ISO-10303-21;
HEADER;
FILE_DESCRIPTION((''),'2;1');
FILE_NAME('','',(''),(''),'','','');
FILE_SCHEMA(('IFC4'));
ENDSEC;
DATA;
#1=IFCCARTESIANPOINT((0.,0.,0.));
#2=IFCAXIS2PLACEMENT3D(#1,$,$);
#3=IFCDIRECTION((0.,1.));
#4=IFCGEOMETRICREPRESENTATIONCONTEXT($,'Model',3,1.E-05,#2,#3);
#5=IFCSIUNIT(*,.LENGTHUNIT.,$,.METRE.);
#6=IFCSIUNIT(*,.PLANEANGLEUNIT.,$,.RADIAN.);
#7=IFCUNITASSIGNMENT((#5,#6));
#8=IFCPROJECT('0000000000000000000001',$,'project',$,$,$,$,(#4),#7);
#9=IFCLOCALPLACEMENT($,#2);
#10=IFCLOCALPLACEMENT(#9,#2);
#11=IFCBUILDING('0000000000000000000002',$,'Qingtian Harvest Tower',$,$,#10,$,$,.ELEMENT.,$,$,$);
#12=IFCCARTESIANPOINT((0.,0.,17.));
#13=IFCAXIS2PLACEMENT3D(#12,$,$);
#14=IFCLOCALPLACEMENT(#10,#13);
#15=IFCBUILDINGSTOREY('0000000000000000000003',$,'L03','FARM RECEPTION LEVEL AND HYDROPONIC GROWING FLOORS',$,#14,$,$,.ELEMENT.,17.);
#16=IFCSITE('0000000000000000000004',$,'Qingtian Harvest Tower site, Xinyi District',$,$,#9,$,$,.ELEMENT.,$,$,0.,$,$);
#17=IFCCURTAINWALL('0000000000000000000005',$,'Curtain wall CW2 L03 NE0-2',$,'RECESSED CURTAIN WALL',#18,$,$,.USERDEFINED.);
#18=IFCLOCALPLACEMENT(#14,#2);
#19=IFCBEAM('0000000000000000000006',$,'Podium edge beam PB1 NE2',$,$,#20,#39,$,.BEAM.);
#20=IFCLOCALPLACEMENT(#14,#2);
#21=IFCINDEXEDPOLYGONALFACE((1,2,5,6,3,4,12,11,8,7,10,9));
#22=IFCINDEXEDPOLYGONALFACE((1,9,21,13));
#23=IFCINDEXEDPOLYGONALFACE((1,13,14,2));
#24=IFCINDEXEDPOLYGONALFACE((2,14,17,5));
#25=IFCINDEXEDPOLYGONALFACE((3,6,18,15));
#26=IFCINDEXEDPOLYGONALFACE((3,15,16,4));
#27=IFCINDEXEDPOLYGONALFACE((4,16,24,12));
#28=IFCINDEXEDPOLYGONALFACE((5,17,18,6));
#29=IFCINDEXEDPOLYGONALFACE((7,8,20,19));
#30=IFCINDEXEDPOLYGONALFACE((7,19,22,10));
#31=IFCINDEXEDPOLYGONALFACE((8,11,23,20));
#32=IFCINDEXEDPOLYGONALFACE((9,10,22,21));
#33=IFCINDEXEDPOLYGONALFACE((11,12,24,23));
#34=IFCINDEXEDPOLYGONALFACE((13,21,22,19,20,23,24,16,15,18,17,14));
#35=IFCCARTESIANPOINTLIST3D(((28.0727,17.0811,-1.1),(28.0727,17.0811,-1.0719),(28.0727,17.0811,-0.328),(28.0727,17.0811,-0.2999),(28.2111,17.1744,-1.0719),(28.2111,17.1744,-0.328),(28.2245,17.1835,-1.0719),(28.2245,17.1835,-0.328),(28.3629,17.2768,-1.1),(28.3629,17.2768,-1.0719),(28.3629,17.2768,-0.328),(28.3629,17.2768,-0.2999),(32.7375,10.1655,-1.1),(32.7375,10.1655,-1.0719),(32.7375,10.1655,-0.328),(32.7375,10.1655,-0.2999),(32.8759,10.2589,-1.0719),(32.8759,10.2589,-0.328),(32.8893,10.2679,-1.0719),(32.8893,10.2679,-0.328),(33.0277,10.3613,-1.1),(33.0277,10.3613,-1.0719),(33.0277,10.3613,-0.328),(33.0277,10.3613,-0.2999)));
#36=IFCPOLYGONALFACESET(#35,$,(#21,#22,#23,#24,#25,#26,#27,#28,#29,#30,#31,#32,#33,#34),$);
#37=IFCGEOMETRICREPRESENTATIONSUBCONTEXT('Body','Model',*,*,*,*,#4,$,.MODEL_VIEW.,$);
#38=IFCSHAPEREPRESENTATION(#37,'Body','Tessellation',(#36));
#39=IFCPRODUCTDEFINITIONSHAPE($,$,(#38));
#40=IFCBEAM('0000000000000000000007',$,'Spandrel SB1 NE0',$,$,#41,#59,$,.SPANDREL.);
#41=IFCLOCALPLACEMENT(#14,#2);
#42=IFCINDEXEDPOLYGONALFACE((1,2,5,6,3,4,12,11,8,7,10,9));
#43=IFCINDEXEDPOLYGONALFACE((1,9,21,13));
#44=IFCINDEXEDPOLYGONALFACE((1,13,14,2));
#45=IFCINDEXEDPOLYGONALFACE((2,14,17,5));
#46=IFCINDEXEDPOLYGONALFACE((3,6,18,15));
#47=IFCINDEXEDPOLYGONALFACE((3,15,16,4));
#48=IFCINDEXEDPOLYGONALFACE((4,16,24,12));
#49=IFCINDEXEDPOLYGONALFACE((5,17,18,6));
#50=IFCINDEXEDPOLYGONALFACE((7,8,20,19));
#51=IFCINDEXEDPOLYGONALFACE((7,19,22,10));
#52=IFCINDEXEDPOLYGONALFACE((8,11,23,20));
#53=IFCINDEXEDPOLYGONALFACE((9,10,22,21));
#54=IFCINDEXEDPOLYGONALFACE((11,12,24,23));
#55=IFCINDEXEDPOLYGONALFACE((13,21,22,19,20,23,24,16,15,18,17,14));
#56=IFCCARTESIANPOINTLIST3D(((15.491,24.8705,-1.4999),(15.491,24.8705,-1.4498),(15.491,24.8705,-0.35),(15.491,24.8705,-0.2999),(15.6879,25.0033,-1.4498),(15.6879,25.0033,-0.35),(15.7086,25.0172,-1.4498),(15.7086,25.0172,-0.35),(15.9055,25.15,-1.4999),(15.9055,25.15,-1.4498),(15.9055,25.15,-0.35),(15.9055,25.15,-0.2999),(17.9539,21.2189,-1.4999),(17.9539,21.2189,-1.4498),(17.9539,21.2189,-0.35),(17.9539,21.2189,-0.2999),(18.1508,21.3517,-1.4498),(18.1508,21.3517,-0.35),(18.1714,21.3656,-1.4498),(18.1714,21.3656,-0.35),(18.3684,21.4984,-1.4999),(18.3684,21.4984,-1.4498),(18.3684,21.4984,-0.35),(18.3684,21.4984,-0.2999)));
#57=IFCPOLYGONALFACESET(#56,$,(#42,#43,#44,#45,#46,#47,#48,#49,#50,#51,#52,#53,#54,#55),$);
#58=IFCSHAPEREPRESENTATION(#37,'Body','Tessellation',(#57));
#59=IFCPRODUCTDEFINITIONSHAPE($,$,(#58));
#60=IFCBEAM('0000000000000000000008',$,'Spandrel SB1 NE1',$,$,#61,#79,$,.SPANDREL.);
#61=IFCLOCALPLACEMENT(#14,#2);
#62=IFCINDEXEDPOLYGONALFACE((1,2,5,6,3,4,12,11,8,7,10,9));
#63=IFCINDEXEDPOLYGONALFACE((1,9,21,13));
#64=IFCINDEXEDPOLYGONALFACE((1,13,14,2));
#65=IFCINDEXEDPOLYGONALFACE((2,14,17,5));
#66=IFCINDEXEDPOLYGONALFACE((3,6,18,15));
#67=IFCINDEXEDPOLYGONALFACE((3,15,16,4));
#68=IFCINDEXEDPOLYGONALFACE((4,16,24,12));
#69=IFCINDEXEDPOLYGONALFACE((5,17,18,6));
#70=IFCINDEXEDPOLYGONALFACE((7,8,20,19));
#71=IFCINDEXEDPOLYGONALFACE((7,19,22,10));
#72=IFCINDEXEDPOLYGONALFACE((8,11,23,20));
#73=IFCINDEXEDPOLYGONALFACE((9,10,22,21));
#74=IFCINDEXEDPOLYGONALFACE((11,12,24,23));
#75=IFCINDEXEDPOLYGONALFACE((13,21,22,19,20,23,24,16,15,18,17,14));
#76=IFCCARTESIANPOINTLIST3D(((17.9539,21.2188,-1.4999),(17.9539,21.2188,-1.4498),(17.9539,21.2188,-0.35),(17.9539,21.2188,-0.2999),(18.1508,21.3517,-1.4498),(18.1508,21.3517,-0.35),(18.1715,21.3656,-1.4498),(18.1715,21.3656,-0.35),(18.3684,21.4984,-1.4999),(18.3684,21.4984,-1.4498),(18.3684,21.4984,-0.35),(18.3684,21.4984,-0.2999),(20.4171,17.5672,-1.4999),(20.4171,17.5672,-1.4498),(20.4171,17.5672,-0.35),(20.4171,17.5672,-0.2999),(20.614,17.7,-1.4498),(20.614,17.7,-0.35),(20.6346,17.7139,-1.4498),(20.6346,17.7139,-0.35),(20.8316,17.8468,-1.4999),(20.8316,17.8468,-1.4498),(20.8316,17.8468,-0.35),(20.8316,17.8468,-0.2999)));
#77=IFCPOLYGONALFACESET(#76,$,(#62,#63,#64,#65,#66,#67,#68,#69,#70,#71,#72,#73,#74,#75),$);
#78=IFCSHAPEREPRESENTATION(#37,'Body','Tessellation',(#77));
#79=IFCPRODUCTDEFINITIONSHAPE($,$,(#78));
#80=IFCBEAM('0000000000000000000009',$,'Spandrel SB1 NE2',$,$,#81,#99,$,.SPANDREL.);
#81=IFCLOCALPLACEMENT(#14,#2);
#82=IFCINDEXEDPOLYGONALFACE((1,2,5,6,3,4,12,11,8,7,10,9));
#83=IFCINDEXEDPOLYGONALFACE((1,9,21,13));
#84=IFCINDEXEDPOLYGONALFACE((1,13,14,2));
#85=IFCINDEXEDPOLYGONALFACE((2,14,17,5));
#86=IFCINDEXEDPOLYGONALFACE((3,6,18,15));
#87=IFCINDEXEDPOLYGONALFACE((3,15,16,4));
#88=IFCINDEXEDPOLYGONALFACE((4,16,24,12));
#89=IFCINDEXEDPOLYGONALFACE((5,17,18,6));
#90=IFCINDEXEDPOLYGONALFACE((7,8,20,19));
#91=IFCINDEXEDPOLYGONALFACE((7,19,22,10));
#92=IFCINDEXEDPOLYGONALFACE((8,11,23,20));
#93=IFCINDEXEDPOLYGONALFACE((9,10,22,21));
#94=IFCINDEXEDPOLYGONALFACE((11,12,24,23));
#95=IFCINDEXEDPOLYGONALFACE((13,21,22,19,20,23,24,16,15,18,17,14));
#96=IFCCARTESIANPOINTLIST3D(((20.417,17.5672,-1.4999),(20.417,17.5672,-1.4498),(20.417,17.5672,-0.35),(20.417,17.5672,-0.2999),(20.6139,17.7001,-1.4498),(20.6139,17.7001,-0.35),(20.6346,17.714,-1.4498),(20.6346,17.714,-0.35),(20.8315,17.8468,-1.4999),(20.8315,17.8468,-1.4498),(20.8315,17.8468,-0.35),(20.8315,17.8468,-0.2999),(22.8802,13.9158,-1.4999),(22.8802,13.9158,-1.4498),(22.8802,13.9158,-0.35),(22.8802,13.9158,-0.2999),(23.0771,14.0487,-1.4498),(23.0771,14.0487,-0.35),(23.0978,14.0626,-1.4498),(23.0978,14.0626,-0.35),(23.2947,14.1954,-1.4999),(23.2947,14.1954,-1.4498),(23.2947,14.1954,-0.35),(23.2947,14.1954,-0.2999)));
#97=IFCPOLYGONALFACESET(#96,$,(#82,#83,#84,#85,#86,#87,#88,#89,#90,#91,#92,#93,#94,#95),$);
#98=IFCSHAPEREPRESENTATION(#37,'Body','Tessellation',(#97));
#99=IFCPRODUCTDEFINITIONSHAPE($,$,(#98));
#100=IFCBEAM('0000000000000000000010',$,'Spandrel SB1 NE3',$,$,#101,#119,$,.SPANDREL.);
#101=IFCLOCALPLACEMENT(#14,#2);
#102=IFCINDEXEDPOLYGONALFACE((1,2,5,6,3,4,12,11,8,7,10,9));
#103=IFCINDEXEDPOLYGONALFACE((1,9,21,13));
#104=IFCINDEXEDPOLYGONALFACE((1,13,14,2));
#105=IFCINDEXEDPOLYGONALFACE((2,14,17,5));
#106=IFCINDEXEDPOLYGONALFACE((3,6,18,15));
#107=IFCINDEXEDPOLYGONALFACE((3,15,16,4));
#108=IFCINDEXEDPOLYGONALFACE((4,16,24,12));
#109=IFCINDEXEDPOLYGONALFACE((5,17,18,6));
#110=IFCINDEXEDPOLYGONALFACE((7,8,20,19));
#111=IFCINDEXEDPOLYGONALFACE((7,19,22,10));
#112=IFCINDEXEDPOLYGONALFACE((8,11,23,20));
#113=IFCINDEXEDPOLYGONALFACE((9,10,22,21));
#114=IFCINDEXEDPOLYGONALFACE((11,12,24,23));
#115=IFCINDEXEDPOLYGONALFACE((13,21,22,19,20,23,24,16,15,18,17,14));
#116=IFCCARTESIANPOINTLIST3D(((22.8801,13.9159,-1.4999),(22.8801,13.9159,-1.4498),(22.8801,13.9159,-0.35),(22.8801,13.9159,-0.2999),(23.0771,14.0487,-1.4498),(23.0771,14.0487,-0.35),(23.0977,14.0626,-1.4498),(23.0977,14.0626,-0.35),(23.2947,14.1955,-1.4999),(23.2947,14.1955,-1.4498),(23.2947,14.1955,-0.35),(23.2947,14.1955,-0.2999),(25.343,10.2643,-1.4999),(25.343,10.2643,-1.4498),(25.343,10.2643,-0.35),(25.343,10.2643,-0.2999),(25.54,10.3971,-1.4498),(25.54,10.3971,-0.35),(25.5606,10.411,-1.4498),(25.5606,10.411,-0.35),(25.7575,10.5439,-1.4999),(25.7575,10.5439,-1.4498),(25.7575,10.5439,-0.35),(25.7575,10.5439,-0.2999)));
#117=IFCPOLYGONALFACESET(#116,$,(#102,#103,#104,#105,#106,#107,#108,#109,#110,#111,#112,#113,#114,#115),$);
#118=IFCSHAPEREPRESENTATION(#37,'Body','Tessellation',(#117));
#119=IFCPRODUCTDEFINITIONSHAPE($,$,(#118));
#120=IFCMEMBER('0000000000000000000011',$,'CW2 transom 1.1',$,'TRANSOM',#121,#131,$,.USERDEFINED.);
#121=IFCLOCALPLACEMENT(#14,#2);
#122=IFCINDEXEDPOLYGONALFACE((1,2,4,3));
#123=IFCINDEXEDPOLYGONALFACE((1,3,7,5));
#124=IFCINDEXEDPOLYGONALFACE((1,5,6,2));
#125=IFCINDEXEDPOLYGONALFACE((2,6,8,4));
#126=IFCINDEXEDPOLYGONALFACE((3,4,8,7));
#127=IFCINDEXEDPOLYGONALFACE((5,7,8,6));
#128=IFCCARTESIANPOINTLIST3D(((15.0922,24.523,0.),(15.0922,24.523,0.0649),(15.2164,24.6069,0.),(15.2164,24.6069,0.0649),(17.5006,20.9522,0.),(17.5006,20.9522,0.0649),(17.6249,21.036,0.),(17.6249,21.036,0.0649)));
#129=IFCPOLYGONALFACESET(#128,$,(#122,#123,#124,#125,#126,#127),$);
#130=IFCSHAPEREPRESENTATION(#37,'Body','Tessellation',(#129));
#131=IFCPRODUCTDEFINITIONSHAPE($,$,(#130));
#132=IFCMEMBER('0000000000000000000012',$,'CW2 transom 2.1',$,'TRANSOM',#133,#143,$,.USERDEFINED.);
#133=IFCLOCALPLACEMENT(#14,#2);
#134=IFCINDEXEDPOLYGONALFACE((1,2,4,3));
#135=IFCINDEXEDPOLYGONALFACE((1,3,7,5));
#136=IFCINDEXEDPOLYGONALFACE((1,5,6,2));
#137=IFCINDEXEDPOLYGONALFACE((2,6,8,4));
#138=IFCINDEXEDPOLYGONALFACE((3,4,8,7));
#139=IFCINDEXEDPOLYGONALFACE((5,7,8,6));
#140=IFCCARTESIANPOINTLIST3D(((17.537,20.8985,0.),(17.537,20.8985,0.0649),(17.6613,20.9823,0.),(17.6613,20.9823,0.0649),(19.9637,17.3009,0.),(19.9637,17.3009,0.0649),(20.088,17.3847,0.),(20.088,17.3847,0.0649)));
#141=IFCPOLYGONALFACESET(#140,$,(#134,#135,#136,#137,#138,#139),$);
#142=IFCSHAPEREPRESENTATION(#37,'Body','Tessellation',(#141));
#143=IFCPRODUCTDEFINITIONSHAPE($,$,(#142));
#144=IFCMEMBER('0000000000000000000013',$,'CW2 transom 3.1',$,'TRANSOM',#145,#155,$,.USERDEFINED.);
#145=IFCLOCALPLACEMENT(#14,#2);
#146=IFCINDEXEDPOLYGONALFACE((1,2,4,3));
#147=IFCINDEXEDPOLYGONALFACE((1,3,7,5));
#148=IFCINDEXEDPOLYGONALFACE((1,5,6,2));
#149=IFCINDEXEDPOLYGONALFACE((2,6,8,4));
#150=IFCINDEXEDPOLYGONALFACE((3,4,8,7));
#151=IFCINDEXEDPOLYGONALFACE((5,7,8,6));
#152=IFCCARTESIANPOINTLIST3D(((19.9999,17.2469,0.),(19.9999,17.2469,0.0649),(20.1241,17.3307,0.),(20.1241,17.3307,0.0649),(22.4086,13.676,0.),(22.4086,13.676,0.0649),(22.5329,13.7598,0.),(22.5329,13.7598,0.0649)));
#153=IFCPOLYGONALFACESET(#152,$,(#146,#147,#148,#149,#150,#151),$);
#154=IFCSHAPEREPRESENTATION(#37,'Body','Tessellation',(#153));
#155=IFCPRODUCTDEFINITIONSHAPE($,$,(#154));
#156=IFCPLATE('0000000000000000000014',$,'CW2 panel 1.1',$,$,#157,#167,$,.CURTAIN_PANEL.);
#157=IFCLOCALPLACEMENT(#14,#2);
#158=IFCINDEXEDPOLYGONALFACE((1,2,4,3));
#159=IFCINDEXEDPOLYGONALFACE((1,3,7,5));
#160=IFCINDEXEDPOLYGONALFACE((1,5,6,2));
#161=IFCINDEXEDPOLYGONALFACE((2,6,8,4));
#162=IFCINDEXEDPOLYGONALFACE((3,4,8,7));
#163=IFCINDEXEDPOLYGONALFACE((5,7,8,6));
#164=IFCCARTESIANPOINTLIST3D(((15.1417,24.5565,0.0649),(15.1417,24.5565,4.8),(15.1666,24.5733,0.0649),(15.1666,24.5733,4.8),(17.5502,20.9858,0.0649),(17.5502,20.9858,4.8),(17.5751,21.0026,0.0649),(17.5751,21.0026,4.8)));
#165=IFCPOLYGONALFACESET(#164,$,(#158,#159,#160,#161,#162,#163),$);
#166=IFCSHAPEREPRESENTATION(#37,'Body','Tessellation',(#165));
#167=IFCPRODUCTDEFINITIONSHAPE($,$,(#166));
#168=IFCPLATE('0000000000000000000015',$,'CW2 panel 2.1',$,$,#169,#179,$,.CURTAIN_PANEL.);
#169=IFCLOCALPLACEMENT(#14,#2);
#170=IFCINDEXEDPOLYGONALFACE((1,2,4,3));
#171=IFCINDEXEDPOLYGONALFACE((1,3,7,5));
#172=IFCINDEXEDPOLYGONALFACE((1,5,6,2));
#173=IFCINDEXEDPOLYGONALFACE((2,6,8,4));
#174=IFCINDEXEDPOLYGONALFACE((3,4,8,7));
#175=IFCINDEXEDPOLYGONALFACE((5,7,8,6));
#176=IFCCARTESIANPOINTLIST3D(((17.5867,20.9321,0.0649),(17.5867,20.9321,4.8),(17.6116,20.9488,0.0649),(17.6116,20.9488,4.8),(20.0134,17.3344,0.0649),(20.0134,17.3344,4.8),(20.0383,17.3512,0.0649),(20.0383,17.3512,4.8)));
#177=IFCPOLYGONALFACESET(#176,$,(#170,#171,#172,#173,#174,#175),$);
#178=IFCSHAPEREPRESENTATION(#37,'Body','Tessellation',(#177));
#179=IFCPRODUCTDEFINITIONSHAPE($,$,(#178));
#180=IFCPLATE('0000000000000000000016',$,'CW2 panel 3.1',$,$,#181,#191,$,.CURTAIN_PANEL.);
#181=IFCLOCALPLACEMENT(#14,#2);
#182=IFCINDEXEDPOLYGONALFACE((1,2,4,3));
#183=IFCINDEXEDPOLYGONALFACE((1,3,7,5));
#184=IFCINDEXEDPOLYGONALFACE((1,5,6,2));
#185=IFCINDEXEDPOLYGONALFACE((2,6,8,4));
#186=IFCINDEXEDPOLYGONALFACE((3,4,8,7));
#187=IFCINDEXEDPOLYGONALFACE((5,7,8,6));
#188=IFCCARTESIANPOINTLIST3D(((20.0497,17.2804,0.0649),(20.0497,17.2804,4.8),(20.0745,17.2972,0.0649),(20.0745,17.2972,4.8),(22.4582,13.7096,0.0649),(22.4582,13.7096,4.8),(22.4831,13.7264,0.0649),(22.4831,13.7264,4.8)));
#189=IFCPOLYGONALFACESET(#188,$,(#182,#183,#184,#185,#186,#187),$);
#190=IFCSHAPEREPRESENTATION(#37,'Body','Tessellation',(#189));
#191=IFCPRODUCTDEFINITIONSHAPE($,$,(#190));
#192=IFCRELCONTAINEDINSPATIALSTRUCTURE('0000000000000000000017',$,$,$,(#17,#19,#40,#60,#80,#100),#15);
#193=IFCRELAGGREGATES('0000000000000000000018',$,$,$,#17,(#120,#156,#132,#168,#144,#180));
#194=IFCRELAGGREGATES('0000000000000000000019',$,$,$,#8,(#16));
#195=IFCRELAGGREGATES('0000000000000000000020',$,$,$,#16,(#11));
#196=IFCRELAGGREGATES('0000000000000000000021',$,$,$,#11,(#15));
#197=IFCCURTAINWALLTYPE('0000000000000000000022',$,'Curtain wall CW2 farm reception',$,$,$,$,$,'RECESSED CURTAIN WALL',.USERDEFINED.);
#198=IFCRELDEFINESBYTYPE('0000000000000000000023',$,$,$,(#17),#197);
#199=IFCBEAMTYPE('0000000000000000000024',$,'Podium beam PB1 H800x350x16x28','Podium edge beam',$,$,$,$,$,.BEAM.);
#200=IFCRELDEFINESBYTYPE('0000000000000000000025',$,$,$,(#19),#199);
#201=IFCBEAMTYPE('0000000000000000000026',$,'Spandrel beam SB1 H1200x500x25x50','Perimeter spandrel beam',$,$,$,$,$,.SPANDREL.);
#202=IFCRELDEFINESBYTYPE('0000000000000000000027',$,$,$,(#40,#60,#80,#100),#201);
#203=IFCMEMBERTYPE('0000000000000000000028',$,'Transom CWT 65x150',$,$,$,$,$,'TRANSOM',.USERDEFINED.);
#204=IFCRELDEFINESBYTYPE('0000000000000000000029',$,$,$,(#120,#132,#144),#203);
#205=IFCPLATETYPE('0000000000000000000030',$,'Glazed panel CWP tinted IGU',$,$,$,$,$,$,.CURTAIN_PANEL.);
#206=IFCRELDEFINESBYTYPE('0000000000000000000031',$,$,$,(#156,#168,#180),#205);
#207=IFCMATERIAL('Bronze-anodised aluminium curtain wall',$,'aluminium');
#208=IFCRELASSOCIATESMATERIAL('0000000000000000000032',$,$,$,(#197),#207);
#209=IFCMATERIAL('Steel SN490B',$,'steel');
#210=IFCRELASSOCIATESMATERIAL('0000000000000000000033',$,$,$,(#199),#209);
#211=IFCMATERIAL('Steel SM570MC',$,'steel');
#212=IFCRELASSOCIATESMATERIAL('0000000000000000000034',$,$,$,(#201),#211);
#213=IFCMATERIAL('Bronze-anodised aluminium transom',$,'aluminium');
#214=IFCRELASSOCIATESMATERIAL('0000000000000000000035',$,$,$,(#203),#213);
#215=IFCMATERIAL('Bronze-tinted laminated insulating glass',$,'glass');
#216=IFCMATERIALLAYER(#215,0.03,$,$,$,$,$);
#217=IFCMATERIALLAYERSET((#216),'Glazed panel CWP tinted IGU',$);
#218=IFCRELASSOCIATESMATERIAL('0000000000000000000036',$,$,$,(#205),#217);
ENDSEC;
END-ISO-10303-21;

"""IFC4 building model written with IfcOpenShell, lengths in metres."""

from ifc_helpers import new_model, si_unit, direction, frame, origin, origin_2d, place, context, subcontext, project, spatial, rectangle, i_section, extrude, material, layer, layer_set, material_profile, profile_set, type_object, element, aggregate, save


model = new_model("IFC4")

# Units and contexts
model_context = context("Model", 3, precision=1e-05, world=origin(), true_north=direction((0.0, 1.0)))
body_context = subcontext(model_context, "Body", "Model", "MODEL_VIEW")
ifc_project = project(units=[si_unit("LENGTHUNIT", "METRE"), si_unit("PLANEANGLEUNIT", "RADIAN")], contexts=[model_context])

# Site, building, storey
site_placement = place(None, origin())
site = spatial("IfcSite", under=ifc_project, at=site_placement, Name="Qingtian Harvest Tower site, Xinyi District", CompositionType="ELEMENT", RefElevation=0.0)
building_placement = place(site_placement, origin())
building = spatial("IfcBuilding", under=site, at=building_placement, Name="Qingtian Harvest Tower", CompositionType="ELEMENT")
storey_placement = place(building_placement, frame((0.0, 0.0, 17.0)))
storey = spatial("IfcBuildingStorey", under=building, at=storey_placement, Name="L03", Description="FARM RECEPTION LEVEL AND HYDROPONIC GROWING FLOORS", CompositionType="ELEMENT", Elevation=17.0)

# Curtain wall
ifc_material_1 = material(Name="Bronze-anodised aluminium curtain wall", Category="aluminium")
curtain_wall_type = type_object("IfcCurtainWallType", Name="Curtain wall CW2 farm reception", ElementType="RECESSED CURTAIN WALL", PredefinedType="USERDEFINED", material=ifc_material_1)
curtain_wall_placement = place(storey_placement, origin())
curtain_wall = element("IfcCurtainWall", 1, at=curtain_wall_placement, inside=storey, type_object=curtain_wall_type, Name="Curtain wall CW2 L03 NE0-2", ObjectType="RECESSED CURTAIN WALL", PredefinedType="USERDEFINED")

# Beams
ifc_material_2 = material(Name="Steel SN490B", Category="steel")
ifc_material_profile_1 = material_profile(ifc_material_2, i_section(OverallWidth=0.3501, OverallDepth=0.8, WebThickness=0.0161, FlangeThickness=0.0281, at=origin_2d()), Name="H800x350x16x28")
ifc_profile_set_1 = profile_set([ifc_material_profile_1], Name="Steel SN490B")
beam_type_1 = type_object("IfcBeamType", Name="Podium beam PB1 H800x350x16x28", Description="Podium edge beam", PredefinedType="BEAM", material=ifc_profile_set_1)
for number, where, z_axis, x_axis, name in (
    (2, (28.2178, 17.179, -0.7), (0.55921, -0.829026, 0.0), (0.829026, 0.55921, 0.0), "Podium edge beam PB1 NE2"),
):
    element("IfcBeam", number, at=place(storey_placement, frame(where, z_axis=z_axis, x_axis=x_axis)), inside=storey, type_object=beam_type_1, Name=name, PredefinedType="BEAM", context=body_context, shape_type="SweptSolid", body=[
        extrude(i_section(OverallWidth=0.3501, OverallDepth=0.8, WebThickness=0.0161, FlangeThickness=0.0281, at=origin_2d()), origin(), (0.0, 0.0, 1.0), 8.3418),
    ])
ifc_material_3 = material(Name="Steel SM570MC", Category="steel")
ifc_material_profile_2 = material_profile(ifc_material_3, i_section(OverallWidth=0.5, OverallDepth=1.2, WebThickness=0.0249, FlangeThickness=0.05, at=origin_2d()), Name="H1200x500x25x50")
ifc_profile_set_2 = profile_set([ifc_material_profile_2], Name="Steel SM570MC")
beam_type_2 = type_object("IfcBeamType", Name="Spandrel beam SB1 H1200x500x25x50", Description="Perimeter spandrel beam", PredefinedType="SPANDREL", material=ifc_profile_set_2)
beam_1_placement = place(storey_placement, frame((15.6982, 25.0103, -0.8999), z_axis=(0.559169, -0.829054, 0.0), x_axis=(0.829054, 0.559169, 0.0)))
element("IfcBeam", 3, at=beam_1_placement, inside=storey, type_object=beam_type_2, Name="Spandrel SB1 NE0", PredefinedType="SPANDREL", context=body_context, shape_type="SweptSolid", body=[
    extrude(i_section(OverallWidth=0.5, OverallDepth=1.2, WebThickness=0.0249, FlangeThickness=0.05, at=origin_2d()), origin(), (0.0, 0.0, 1.0), 4.4045),
])
beam_2_placement = place(storey_placement, frame((18.1611, 21.3586, -0.8999), z_axis=(0.559207, -0.829028, 0.0), x_axis=(0.829028, 0.559207, 0.0)))
element("IfcBeam", 4, at=beam_2_placement, inside=storey, type_object=beam_type_2, Name="Spandrel SB1 NE1", PredefinedType="SPANDREL", context=body_context, shape_type="SweptSolid", body=[
    extrude(i_section(OverallWidth=0.5, OverallDepth=1.2, WebThickness=0.0249, FlangeThickness=0.05, at=origin_2d()), origin(), (0.0, 0.0, 1.0), 4.4048),
])
for number, where, z_axis, x_axis, name in (
    (5, (20.6243, 17.707, -0.8999), (0.559233, -0.829011, 0.0), (0.829011, 0.559233, 0.0), "Spandrel SB1 NE2"),
    (6, (23.0874, 14.0557, -0.8999), (0.559169, -0.829054, 0.0), (0.829054, 0.559169, 0.0), "Spandrel SB1 NE3"),
):
    element("IfcBeam", number, at=place(storey_placement, frame(where, z_axis=z_axis, x_axis=x_axis)), inside=storey, type_object=beam_type_2, Name=name, PredefinedType="SPANDREL", context=body_context, shape_type="SweptSolid", body=[
        extrude(i_section(OverallWidth=0.5, OverallDepth=1.2, WebThickness=0.0249, FlangeThickness=0.05, at=origin_2d()), origin(), (0.0, 0.0, 1.0), 4.4045),
    ])

# Members
ifc_material_4 = material(Name="Bronze-anodised aluminium transom", Category="aluminium")
ifc_material_profile_3 = material_profile(ifc_material_4, rectangle(XDim=0.1499, YDim=0.0649, at=origin_2d()), Name="AL 65x150")
ifc_profile_set_3 = profile_set([ifc_material_profile_3], Name="Bronze-anodised aluminium transom")
member_type_1 = type_object("IfcMemberType", Name="Transom CWT 65x150", ElementType="TRANSOM", PredefinedType="USERDEFINED", material=ifc_profile_set_3)
member_1_placement = place(storey_placement, frame((15.1543, 24.5649, 0.0325), z_axis=(0.559179, -0.829047, 0.0), x_axis=(0.829047, 0.559179, 0.0)))
member_1 = element("IfcMember", 7, at=member_1_placement, type_object=member_type_1, Name="CW2 transom 1.1", ObjectType="TRANSOM", PredefinedType="USERDEFINED", context=body_context, shape_type="SweptSolid", body=[
    extrude(rectangle(XDim=0.1499, YDim=0.0649, at=origin_2d()), origin(), (0.0, 0.0, 1.0), 4.3071),
])
member_2_placement = place(storey_placement, frame((17.5991, 20.9404, 0.0325), z_axis=(0.55921, -0.829026, 0.0), x_axis=(0.829026, 0.55921, 0.0)))
member_2 = element("IfcMember", 8, at=member_2_placement, type_object=member_type_1, Name="CW2 transom 2.1", ObjectType="TRANSOM", PredefinedType="USERDEFINED", context=body_context, shape_type="SweptSolid", body=[
    extrude(rectangle(XDim=0.1499, YDim=0.0649, at=origin_2d()), origin(), (0.0, 0.0, 1.0), 4.3396),
])
member_3_placement = place(storey_placement, frame((20.062, 17.2888, 0.0325), z_axis=(0.559218, -0.829021, 0.0), x_axis=(0.829021, 0.559218, 0.0)))
member_3 = element("IfcMember", 9, at=member_3_placement, type_object=member_type_1, Name="CW2 transom 3.1", ObjectType="TRANSOM", PredefinedType="USERDEFINED", context=body_context, shape_type="SweptSolid", body=[
    extrude(rectangle(XDim=0.1499, YDim=0.0649, at=origin_2d()), origin(), (0.0, 0.0, 1.0), 4.3074),
])

# Plates
ifc_material_5 = material(Name="Bronze-tinted laminated insulating glass", Category="glass")
ifc_layer_1 = layer(ifc_material_5, 0.03)
ifc_layer_set_1 = layer_set([ifc_layer_1], Name="Glazed panel CWP tinted IGU")
plate_type = type_object("IfcPlateType", Name="Glazed panel CWP tinted IGU", PredefinedType="CURTAIN_PANEL", material=ifc_layer_set_1)
plate_1_placement = place(storey_placement, frame((16.3584, 22.7795, 0.0649), z_axis=(0.0, 0.0, 1.0), x_axis=(0.559193, -0.829038, 0.0)))
plate_1 = element("IfcPlate", 10, at=plate_1_placement, type_object=plate_type, Name="CW2 panel 1.1", PredefinedType="CURTAIN_PANEL", context=body_context, shape_type="SweptSolid", body=[
    extrude(rectangle(XDim=4.3071, YDim=0.03, at=origin_2d()), origin(), (0.0, 0.0, 1.0), 4.7351),
])
plate_2_placement = place(storey_placement, frame((18.8125, 19.1416, 0.0649), z_axis=(0.0, 0.0, 1.0), x_axis=(0.559193, -0.829038, 0.0)))
plate_2 = element("IfcPlate", 11, at=plate_2_placement, type_object=plate_type, Name="CW2 panel 2.1", PredefinedType="CURTAIN_PANEL", context=body_context, shape_type="SweptSolid", body=[
    extrude(rectangle(XDim=4.3396, YDim=0.03, at=origin_2d()), origin(), (0.0, 0.0, 1.0), 4.7351),
])
plate_3_placement = place(storey_placement, frame((21.2664, 15.5034, 0.0649), z_axis=(0.0, 0.0, 1.0), x_axis=(0.559193, -0.829038, 0.0)))
plate_3 = element("IfcPlate", 12, at=plate_3_placement, type_object=plate_type, Name="CW2 panel 3.1", PredefinedType="CURTAIN_PANEL", context=body_context, shape_type="SweptSolid", body=[
    extrude(rectangle(XDim=4.3071, YDim=0.03, at=origin_2d()), origin(), (0.0, 0.0, 1.0), 4.7351),
])
aggregate(curtain_wall, [member_1, plate_1, member_2, plate_2, member_3, plate_3])

save(model, "model.ifc")
